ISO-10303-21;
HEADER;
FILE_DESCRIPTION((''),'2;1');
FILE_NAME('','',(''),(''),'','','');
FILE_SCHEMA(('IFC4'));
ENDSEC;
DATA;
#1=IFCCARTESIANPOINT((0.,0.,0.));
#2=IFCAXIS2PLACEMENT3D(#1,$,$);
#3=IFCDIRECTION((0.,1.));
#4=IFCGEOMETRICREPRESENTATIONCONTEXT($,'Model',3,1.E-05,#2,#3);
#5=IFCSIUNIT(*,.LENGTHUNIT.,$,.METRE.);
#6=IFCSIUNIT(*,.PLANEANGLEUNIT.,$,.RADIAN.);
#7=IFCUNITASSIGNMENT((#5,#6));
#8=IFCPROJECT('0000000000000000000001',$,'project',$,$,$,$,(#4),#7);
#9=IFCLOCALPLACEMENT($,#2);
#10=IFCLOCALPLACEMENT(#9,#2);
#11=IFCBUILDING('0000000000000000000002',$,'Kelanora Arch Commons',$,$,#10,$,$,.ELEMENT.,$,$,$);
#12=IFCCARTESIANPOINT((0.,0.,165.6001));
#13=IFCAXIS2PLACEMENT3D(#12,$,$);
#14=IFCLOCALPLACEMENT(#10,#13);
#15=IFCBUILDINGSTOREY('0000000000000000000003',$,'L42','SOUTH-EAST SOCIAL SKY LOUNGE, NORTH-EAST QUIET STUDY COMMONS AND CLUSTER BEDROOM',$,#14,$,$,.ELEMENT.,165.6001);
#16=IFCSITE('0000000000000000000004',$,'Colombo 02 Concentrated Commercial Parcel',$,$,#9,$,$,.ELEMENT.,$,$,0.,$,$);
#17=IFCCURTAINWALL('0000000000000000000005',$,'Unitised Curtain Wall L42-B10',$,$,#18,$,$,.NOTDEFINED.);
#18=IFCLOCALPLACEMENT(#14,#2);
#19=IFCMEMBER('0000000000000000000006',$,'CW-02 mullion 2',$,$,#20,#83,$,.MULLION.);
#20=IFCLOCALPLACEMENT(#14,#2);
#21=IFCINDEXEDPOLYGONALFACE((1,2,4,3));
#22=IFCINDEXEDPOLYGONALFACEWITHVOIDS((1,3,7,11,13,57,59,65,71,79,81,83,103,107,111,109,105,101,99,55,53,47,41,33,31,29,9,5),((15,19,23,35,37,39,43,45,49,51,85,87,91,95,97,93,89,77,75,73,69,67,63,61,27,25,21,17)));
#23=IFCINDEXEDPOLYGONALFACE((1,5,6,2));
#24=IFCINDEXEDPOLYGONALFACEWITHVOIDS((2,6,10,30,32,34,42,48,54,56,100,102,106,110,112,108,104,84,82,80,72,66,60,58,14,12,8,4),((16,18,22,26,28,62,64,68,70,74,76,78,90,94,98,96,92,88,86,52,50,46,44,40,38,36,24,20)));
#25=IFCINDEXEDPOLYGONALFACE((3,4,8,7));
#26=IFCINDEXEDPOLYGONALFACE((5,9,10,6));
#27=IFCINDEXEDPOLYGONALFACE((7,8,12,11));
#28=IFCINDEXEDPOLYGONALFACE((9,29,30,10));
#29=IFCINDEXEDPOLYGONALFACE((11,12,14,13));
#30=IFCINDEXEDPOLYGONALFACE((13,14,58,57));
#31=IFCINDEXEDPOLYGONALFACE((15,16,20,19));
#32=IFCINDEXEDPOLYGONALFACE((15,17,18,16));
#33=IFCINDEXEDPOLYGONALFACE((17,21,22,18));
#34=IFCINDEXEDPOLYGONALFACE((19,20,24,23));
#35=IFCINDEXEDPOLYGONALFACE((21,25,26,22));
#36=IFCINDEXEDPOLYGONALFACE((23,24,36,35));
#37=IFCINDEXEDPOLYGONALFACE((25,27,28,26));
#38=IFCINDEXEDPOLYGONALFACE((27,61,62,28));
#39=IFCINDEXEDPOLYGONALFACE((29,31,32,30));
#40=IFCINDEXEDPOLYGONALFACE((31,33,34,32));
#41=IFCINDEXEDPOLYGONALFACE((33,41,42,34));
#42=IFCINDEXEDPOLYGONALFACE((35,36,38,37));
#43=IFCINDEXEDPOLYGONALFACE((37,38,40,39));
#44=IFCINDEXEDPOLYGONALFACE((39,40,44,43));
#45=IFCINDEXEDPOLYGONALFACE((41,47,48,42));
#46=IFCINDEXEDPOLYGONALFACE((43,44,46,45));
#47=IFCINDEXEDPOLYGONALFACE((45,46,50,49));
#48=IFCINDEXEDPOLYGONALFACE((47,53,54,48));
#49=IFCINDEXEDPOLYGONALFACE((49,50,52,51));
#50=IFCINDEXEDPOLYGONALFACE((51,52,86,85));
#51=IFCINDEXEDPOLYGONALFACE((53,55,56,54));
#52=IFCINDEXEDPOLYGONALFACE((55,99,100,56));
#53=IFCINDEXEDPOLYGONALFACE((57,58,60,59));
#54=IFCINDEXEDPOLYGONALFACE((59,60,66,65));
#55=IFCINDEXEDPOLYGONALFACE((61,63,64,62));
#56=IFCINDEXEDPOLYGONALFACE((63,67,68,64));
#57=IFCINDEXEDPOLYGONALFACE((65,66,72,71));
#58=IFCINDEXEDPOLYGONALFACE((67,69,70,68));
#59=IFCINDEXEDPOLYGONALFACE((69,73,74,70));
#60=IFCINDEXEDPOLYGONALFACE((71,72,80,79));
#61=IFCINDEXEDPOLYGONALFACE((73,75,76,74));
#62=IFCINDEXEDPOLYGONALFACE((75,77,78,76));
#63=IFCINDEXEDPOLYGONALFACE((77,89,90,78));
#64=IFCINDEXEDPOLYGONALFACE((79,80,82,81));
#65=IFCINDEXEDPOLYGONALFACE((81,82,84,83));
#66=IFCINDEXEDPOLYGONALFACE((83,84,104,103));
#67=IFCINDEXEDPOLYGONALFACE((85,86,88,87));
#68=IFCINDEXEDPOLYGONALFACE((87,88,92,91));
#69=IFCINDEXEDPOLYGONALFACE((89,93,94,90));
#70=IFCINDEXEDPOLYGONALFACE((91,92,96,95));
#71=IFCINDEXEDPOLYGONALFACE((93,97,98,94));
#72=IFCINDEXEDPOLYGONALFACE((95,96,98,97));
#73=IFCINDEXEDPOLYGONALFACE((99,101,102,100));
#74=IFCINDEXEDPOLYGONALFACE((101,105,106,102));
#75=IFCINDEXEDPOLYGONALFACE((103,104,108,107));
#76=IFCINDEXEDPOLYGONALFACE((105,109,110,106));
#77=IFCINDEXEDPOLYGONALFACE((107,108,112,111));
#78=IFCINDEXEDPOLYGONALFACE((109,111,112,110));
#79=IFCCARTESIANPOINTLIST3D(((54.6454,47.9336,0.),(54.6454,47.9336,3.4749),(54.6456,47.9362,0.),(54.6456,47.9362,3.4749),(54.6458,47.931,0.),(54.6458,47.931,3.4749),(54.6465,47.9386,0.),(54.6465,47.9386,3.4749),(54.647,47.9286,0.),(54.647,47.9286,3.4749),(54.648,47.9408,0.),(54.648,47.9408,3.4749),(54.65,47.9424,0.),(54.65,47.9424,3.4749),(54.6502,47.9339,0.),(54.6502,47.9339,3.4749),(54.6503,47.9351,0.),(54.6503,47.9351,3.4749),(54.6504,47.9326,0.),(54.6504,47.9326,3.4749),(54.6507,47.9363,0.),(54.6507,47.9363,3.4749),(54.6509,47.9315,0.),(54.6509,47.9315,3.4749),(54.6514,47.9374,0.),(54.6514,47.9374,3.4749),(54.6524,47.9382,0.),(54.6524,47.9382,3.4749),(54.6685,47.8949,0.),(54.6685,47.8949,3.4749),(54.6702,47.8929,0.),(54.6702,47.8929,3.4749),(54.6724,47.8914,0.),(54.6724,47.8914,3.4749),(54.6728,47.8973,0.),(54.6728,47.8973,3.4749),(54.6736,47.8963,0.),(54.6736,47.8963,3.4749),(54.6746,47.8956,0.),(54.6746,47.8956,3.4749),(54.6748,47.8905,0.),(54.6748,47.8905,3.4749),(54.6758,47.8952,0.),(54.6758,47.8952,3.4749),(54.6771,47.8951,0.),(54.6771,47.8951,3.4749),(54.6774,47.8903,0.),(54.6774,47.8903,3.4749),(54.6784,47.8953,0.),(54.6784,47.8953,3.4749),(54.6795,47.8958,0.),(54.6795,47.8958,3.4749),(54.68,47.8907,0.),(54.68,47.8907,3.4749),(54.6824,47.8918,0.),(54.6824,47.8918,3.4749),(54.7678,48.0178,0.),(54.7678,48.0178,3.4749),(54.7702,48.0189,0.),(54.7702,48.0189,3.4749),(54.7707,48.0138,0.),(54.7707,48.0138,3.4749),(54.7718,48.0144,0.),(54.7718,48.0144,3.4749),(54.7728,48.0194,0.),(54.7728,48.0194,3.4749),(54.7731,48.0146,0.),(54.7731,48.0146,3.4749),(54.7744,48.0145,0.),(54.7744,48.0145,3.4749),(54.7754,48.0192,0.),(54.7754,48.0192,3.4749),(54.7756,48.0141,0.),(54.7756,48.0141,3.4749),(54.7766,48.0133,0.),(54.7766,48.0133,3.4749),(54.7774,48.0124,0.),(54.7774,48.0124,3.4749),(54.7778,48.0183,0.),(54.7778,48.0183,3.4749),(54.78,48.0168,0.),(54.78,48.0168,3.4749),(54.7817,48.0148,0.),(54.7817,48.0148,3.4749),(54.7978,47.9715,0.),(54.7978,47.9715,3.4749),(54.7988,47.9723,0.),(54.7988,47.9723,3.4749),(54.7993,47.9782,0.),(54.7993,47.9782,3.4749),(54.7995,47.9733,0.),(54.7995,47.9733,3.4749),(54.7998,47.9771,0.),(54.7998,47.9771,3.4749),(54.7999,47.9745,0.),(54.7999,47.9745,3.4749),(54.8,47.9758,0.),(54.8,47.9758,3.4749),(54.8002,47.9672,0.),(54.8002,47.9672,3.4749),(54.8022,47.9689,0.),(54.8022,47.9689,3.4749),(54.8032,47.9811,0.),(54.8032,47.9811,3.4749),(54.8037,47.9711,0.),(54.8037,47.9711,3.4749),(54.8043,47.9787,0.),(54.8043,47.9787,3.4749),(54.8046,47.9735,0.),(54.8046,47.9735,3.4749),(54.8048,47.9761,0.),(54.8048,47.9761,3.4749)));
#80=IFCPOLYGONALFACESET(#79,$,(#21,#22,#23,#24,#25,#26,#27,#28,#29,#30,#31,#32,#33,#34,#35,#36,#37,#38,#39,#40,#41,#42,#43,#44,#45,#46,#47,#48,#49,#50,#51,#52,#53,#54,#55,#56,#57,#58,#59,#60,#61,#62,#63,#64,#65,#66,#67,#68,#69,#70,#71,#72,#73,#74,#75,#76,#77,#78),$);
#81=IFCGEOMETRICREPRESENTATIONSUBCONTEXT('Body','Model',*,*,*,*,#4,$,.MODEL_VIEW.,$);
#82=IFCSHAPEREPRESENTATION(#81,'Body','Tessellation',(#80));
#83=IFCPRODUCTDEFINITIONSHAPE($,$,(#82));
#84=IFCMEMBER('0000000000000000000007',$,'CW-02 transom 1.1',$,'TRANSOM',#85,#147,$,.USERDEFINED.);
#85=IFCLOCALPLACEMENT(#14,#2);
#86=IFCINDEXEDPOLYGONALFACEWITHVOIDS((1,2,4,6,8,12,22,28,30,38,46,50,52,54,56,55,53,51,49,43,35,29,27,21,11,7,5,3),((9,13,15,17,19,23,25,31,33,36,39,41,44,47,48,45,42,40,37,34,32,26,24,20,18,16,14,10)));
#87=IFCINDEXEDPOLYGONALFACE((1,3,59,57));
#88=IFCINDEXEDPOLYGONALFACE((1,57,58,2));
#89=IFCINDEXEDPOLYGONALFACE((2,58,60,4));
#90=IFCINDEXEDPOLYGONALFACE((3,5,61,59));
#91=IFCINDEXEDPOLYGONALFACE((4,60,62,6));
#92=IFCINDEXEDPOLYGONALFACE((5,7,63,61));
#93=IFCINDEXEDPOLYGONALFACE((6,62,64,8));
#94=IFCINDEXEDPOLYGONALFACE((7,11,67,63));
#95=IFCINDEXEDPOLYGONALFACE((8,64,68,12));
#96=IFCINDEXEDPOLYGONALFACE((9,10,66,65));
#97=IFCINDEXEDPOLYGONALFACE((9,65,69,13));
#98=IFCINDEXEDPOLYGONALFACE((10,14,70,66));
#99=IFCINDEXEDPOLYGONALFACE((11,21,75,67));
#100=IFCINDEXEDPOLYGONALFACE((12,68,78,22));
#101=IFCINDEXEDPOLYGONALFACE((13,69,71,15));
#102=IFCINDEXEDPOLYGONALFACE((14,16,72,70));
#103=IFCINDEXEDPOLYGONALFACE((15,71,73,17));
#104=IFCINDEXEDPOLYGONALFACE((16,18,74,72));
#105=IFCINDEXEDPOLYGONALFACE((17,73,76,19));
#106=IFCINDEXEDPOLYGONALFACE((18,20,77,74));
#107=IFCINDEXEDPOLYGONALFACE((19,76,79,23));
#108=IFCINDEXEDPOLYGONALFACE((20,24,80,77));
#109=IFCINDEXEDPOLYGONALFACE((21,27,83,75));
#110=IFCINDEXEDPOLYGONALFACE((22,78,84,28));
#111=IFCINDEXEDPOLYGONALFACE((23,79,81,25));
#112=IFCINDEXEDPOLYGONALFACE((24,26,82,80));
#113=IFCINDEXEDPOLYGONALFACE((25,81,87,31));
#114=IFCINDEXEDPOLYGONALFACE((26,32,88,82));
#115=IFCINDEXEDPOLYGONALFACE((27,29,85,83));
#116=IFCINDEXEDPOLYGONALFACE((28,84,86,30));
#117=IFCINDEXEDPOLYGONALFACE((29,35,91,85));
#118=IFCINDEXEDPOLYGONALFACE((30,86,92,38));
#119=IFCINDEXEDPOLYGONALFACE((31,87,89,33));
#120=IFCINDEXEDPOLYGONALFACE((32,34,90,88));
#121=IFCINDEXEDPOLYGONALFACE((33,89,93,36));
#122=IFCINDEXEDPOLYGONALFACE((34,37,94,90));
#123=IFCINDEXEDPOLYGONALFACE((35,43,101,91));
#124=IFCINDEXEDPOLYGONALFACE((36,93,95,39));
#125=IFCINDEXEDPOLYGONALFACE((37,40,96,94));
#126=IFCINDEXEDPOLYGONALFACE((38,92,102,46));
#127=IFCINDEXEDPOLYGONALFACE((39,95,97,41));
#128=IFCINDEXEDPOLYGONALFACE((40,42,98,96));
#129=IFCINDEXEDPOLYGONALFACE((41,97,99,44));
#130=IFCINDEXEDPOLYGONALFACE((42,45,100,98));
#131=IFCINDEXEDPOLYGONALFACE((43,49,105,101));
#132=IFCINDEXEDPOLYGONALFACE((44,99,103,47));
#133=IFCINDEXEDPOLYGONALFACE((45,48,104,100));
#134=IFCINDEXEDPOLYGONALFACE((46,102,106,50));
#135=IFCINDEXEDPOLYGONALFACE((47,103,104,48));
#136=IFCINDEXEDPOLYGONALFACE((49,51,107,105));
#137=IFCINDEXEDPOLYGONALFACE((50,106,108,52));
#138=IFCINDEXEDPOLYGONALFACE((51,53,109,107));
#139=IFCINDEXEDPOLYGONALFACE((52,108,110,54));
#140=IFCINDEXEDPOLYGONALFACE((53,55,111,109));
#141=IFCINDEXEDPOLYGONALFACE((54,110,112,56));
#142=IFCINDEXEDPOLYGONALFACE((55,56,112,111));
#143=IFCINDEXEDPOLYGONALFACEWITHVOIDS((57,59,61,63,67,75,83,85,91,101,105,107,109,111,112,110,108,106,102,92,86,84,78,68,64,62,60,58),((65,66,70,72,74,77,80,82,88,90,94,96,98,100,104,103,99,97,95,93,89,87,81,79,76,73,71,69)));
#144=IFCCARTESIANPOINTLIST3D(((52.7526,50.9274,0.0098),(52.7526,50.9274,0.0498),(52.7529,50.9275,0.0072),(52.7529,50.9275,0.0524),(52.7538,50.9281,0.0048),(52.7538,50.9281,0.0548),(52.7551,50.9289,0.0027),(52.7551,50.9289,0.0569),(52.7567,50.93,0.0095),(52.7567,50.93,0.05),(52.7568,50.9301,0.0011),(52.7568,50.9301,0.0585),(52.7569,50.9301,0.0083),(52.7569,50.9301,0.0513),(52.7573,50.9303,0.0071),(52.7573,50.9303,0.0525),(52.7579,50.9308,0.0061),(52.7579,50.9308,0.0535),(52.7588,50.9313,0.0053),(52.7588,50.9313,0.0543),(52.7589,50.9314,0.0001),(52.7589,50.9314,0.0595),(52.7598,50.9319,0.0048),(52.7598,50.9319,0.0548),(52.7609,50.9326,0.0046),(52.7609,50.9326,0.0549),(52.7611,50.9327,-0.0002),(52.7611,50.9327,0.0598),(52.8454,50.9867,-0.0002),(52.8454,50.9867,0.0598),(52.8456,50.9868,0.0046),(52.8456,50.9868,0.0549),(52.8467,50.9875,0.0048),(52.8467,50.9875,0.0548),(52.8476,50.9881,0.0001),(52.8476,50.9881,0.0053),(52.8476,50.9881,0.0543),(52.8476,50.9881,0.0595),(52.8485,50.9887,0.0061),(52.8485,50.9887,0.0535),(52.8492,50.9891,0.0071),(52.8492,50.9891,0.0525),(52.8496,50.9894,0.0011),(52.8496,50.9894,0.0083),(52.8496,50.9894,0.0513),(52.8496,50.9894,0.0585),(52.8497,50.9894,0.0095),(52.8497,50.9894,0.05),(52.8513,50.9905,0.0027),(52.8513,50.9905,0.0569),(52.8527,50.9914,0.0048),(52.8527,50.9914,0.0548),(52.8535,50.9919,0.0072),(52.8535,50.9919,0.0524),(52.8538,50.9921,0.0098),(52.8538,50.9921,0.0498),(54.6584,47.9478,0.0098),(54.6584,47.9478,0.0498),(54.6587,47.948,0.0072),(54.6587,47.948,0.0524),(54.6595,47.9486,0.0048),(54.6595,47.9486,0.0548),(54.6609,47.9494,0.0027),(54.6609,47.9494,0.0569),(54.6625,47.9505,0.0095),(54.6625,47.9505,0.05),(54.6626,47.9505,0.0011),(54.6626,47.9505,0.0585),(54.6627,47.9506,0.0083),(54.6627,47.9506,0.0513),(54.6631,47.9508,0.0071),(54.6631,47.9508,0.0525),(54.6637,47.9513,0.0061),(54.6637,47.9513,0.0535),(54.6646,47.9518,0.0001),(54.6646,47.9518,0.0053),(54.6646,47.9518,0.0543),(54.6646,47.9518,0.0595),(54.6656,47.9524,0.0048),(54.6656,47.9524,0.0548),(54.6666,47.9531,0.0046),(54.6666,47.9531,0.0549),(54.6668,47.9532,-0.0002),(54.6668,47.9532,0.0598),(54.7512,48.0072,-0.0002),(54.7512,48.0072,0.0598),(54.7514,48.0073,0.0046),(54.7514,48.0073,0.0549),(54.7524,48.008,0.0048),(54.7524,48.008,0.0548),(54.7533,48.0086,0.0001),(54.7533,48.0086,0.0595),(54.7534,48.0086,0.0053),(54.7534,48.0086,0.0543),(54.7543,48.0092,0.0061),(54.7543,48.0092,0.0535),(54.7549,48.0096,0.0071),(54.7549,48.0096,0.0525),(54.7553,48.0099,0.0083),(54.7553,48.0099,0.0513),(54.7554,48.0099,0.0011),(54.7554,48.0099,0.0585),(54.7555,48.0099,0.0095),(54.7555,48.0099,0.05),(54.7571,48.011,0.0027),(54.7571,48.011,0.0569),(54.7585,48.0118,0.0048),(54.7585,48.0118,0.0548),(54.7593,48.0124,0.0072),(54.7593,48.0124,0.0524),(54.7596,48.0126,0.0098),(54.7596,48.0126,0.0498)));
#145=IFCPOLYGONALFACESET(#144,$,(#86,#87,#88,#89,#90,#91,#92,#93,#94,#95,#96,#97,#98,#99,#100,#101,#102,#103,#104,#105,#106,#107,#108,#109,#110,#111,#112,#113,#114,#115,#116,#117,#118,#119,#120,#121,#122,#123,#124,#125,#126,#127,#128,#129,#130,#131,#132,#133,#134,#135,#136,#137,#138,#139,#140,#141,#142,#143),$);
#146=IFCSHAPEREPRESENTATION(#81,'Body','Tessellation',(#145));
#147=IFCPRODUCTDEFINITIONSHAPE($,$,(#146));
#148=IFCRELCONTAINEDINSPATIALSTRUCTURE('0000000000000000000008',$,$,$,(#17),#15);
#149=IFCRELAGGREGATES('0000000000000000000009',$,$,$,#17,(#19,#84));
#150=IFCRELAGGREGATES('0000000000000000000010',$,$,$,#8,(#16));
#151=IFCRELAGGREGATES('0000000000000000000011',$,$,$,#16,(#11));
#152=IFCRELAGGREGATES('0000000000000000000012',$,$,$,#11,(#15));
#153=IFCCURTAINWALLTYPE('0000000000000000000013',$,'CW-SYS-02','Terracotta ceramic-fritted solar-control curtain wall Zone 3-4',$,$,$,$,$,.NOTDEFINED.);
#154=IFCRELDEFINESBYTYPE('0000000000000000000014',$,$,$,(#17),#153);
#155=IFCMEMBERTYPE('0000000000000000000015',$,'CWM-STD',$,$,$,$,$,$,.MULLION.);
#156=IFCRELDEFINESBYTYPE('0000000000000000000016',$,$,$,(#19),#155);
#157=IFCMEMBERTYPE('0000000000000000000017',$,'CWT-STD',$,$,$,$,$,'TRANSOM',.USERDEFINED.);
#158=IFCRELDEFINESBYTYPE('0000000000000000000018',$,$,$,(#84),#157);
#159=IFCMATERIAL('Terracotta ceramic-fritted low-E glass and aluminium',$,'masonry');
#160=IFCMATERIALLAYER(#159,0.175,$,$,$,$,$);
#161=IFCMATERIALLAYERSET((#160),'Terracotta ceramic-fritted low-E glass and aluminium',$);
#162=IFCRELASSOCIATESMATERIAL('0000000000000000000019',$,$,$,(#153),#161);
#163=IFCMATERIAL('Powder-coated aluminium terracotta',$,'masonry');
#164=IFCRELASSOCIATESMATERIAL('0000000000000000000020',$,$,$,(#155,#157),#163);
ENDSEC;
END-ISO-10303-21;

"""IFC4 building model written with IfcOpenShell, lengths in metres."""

from ifc_helpers import new_model, si_unit, direction, frame, origin, origin_2d, place, context, subcontext, project, spatial, hollow_rectangle, extrude, material, layer, layer_set, material_profile, profile_set, type_object, element, aggregate, save


model = new_model("IFC4")

# Units and contexts
model_context = context("Model", 3, precision=1e-05, world=origin(), true_north=direction((0.0, 1.0)))
body_context = subcontext(model_context, "Body", "Model", "MODEL_VIEW")
ifc_project = project(units=[si_unit("LENGTHUNIT", "METRE"), si_unit("PLANEANGLEUNIT", "RADIAN")], contexts=[model_context])

# Site, building, storey
site_placement = place(None, origin())
site = spatial("IfcSite", under=ifc_project, at=site_placement, Name="Colombo 02 Concentrated Commercial Parcel", CompositionType="ELEMENT", RefElevation=0.0)
building_placement = place(site_placement, origin())
building = spatial("IfcBuilding", under=site, at=building_placement, Name="Kelanora Arch Commons", CompositionType="ELEMENT")
storey_placement = place(building_placement, frame((0.0, 0.0, 165.6001)))
storey = spatial("IfcBuildingStorey", under=building, at=storey_placement, Name="L42", Description="SOUTH-EAST SOCIAL SKY LOUNGE, NORTH-EAST QUIET STUDY COMMONS AND CLUSTER BEDROOM", CompositionType="ELEMENT", Elevation=165.6001)

# Shared definitions
ifc_material_1 = material(Name="Terracotta ceramic-fritted low-E glass and aluminium", Category="masonry")
ifc_layer_1 = layer(ifc_material_1, 0.175)
ifc_layer_set_1 = layer_set([ifc_layer_1], Name="Terracotta ceramic-fritted low-E glass and aluminium")
curtain_wall_type = type_object("IfcCurtainWallType", Name="CW-SYS-02", Description="Terracotta ceramic-fritted solar-control curtain wall Zone 3-4", PredefinedType="NOTDEFINED", material=ifc_layer_set_1)
ifc_material_2 = material(Name="Powder-coated aluminium terracotta", Category="masonry")
ifc_material_profile_1 = material_profile(ifc_material_2, hollow_rectangle(XDim=0.1599, YDim=0.0601, WallThickness=0.0049, InnerFilletRadius=0.0049, OuterFilletRadius=0.01, at=origin_2d()), Name="CWM160x60")
ifc_profile_set_1 = profile_set([ifc_material_profile_1], Name="Powder-coated aluminium terracotta")
member_type_1 = type_object("IfcMemberType", Name="CWM-STD", PredefinedType="MULLION", material=ifc_profile_set_1)

# Curtain wall, members
curtain_wall_1_placement = place(storey_placement, origin())
curtain_wall_1 = element("IfcCurtainWall", 1, at=curtain_wall_1_placement, inside=storey, type_object=curtain_wall_type, Name="Unitised Curtain Wall L42-B10", PredefinedType="NOTDEFINED")
member_1_placement = place(storey_placement, frame((54.7251, 47.9548, 0.0), z_axis=(0.0, 0.0, 1.0), x_axis=(0.842423, 0.538817, 0.0)))
member_1 = element("IfcMember", 2, at=member_1_placement, type_object=member_type_1, Name="CW-02 mullion 2", PredefinedType="MULLION", context=body_context, shape_type="SweptSolid", body=[
    extrude(hollow_rectangle(XDim=0.1599, YDim=0.0601, WallThickness=0.0049, InnerFilletRadius=0.0049, OuterFilletRadius=0.01, at=origin_2d()), origin(), (0.0, 0.0, 1.0), 3.4749),
])
ifc_material_profile_2 = material_profile(ifc_material_2, hollow_rectangle(XDim=0.1201, YDim=0.0601, WallThickness=0.0049, InnerFilletRadius=0.0049, OuterFilletRadius=0.01, at=origin_2d()), Name="CWT120x60")
ifc_profile_set_2 = profile_set([ifc_material_profile_2], Name="Powder-coated aluminium terracotta")
member_type_2 = type_object("IfcMemberType", Name="CWT-STD", ElementType="TRANSOM", PredefinedType="USERDEFINED", material=ifc_profile_set_2)
member_2_placement = place(storey_placement, frame((52.8032, 50.9597, 0.0298), z_axis=(0.53883, -0.842414, 0.0), x_axis=(0.842414, 0.53883, 0.0)))
member_2 = element("IfcMember", 3, at=member_2_placement, type_object=member_type_2, Name="CW-02 transom 1.1", ObjectType="TRANSOM", PredefinedType="USERDEFINED", context=body_context, shape_type="SweptSolid", body=[
    extrude(hollow_rectangle(XDim=0.1201, YDim=0.0601, WallThickness=0.0049, InnerFilletRadius=0.0049, OuterFilletRadius=0.01, at=origin_2d()), origin(), (0.0, 0.0, 1.0), 3.5369),
])

aggregate(curtain_wall_1, [member_1, member_2])

save(model, "model.ifc")
